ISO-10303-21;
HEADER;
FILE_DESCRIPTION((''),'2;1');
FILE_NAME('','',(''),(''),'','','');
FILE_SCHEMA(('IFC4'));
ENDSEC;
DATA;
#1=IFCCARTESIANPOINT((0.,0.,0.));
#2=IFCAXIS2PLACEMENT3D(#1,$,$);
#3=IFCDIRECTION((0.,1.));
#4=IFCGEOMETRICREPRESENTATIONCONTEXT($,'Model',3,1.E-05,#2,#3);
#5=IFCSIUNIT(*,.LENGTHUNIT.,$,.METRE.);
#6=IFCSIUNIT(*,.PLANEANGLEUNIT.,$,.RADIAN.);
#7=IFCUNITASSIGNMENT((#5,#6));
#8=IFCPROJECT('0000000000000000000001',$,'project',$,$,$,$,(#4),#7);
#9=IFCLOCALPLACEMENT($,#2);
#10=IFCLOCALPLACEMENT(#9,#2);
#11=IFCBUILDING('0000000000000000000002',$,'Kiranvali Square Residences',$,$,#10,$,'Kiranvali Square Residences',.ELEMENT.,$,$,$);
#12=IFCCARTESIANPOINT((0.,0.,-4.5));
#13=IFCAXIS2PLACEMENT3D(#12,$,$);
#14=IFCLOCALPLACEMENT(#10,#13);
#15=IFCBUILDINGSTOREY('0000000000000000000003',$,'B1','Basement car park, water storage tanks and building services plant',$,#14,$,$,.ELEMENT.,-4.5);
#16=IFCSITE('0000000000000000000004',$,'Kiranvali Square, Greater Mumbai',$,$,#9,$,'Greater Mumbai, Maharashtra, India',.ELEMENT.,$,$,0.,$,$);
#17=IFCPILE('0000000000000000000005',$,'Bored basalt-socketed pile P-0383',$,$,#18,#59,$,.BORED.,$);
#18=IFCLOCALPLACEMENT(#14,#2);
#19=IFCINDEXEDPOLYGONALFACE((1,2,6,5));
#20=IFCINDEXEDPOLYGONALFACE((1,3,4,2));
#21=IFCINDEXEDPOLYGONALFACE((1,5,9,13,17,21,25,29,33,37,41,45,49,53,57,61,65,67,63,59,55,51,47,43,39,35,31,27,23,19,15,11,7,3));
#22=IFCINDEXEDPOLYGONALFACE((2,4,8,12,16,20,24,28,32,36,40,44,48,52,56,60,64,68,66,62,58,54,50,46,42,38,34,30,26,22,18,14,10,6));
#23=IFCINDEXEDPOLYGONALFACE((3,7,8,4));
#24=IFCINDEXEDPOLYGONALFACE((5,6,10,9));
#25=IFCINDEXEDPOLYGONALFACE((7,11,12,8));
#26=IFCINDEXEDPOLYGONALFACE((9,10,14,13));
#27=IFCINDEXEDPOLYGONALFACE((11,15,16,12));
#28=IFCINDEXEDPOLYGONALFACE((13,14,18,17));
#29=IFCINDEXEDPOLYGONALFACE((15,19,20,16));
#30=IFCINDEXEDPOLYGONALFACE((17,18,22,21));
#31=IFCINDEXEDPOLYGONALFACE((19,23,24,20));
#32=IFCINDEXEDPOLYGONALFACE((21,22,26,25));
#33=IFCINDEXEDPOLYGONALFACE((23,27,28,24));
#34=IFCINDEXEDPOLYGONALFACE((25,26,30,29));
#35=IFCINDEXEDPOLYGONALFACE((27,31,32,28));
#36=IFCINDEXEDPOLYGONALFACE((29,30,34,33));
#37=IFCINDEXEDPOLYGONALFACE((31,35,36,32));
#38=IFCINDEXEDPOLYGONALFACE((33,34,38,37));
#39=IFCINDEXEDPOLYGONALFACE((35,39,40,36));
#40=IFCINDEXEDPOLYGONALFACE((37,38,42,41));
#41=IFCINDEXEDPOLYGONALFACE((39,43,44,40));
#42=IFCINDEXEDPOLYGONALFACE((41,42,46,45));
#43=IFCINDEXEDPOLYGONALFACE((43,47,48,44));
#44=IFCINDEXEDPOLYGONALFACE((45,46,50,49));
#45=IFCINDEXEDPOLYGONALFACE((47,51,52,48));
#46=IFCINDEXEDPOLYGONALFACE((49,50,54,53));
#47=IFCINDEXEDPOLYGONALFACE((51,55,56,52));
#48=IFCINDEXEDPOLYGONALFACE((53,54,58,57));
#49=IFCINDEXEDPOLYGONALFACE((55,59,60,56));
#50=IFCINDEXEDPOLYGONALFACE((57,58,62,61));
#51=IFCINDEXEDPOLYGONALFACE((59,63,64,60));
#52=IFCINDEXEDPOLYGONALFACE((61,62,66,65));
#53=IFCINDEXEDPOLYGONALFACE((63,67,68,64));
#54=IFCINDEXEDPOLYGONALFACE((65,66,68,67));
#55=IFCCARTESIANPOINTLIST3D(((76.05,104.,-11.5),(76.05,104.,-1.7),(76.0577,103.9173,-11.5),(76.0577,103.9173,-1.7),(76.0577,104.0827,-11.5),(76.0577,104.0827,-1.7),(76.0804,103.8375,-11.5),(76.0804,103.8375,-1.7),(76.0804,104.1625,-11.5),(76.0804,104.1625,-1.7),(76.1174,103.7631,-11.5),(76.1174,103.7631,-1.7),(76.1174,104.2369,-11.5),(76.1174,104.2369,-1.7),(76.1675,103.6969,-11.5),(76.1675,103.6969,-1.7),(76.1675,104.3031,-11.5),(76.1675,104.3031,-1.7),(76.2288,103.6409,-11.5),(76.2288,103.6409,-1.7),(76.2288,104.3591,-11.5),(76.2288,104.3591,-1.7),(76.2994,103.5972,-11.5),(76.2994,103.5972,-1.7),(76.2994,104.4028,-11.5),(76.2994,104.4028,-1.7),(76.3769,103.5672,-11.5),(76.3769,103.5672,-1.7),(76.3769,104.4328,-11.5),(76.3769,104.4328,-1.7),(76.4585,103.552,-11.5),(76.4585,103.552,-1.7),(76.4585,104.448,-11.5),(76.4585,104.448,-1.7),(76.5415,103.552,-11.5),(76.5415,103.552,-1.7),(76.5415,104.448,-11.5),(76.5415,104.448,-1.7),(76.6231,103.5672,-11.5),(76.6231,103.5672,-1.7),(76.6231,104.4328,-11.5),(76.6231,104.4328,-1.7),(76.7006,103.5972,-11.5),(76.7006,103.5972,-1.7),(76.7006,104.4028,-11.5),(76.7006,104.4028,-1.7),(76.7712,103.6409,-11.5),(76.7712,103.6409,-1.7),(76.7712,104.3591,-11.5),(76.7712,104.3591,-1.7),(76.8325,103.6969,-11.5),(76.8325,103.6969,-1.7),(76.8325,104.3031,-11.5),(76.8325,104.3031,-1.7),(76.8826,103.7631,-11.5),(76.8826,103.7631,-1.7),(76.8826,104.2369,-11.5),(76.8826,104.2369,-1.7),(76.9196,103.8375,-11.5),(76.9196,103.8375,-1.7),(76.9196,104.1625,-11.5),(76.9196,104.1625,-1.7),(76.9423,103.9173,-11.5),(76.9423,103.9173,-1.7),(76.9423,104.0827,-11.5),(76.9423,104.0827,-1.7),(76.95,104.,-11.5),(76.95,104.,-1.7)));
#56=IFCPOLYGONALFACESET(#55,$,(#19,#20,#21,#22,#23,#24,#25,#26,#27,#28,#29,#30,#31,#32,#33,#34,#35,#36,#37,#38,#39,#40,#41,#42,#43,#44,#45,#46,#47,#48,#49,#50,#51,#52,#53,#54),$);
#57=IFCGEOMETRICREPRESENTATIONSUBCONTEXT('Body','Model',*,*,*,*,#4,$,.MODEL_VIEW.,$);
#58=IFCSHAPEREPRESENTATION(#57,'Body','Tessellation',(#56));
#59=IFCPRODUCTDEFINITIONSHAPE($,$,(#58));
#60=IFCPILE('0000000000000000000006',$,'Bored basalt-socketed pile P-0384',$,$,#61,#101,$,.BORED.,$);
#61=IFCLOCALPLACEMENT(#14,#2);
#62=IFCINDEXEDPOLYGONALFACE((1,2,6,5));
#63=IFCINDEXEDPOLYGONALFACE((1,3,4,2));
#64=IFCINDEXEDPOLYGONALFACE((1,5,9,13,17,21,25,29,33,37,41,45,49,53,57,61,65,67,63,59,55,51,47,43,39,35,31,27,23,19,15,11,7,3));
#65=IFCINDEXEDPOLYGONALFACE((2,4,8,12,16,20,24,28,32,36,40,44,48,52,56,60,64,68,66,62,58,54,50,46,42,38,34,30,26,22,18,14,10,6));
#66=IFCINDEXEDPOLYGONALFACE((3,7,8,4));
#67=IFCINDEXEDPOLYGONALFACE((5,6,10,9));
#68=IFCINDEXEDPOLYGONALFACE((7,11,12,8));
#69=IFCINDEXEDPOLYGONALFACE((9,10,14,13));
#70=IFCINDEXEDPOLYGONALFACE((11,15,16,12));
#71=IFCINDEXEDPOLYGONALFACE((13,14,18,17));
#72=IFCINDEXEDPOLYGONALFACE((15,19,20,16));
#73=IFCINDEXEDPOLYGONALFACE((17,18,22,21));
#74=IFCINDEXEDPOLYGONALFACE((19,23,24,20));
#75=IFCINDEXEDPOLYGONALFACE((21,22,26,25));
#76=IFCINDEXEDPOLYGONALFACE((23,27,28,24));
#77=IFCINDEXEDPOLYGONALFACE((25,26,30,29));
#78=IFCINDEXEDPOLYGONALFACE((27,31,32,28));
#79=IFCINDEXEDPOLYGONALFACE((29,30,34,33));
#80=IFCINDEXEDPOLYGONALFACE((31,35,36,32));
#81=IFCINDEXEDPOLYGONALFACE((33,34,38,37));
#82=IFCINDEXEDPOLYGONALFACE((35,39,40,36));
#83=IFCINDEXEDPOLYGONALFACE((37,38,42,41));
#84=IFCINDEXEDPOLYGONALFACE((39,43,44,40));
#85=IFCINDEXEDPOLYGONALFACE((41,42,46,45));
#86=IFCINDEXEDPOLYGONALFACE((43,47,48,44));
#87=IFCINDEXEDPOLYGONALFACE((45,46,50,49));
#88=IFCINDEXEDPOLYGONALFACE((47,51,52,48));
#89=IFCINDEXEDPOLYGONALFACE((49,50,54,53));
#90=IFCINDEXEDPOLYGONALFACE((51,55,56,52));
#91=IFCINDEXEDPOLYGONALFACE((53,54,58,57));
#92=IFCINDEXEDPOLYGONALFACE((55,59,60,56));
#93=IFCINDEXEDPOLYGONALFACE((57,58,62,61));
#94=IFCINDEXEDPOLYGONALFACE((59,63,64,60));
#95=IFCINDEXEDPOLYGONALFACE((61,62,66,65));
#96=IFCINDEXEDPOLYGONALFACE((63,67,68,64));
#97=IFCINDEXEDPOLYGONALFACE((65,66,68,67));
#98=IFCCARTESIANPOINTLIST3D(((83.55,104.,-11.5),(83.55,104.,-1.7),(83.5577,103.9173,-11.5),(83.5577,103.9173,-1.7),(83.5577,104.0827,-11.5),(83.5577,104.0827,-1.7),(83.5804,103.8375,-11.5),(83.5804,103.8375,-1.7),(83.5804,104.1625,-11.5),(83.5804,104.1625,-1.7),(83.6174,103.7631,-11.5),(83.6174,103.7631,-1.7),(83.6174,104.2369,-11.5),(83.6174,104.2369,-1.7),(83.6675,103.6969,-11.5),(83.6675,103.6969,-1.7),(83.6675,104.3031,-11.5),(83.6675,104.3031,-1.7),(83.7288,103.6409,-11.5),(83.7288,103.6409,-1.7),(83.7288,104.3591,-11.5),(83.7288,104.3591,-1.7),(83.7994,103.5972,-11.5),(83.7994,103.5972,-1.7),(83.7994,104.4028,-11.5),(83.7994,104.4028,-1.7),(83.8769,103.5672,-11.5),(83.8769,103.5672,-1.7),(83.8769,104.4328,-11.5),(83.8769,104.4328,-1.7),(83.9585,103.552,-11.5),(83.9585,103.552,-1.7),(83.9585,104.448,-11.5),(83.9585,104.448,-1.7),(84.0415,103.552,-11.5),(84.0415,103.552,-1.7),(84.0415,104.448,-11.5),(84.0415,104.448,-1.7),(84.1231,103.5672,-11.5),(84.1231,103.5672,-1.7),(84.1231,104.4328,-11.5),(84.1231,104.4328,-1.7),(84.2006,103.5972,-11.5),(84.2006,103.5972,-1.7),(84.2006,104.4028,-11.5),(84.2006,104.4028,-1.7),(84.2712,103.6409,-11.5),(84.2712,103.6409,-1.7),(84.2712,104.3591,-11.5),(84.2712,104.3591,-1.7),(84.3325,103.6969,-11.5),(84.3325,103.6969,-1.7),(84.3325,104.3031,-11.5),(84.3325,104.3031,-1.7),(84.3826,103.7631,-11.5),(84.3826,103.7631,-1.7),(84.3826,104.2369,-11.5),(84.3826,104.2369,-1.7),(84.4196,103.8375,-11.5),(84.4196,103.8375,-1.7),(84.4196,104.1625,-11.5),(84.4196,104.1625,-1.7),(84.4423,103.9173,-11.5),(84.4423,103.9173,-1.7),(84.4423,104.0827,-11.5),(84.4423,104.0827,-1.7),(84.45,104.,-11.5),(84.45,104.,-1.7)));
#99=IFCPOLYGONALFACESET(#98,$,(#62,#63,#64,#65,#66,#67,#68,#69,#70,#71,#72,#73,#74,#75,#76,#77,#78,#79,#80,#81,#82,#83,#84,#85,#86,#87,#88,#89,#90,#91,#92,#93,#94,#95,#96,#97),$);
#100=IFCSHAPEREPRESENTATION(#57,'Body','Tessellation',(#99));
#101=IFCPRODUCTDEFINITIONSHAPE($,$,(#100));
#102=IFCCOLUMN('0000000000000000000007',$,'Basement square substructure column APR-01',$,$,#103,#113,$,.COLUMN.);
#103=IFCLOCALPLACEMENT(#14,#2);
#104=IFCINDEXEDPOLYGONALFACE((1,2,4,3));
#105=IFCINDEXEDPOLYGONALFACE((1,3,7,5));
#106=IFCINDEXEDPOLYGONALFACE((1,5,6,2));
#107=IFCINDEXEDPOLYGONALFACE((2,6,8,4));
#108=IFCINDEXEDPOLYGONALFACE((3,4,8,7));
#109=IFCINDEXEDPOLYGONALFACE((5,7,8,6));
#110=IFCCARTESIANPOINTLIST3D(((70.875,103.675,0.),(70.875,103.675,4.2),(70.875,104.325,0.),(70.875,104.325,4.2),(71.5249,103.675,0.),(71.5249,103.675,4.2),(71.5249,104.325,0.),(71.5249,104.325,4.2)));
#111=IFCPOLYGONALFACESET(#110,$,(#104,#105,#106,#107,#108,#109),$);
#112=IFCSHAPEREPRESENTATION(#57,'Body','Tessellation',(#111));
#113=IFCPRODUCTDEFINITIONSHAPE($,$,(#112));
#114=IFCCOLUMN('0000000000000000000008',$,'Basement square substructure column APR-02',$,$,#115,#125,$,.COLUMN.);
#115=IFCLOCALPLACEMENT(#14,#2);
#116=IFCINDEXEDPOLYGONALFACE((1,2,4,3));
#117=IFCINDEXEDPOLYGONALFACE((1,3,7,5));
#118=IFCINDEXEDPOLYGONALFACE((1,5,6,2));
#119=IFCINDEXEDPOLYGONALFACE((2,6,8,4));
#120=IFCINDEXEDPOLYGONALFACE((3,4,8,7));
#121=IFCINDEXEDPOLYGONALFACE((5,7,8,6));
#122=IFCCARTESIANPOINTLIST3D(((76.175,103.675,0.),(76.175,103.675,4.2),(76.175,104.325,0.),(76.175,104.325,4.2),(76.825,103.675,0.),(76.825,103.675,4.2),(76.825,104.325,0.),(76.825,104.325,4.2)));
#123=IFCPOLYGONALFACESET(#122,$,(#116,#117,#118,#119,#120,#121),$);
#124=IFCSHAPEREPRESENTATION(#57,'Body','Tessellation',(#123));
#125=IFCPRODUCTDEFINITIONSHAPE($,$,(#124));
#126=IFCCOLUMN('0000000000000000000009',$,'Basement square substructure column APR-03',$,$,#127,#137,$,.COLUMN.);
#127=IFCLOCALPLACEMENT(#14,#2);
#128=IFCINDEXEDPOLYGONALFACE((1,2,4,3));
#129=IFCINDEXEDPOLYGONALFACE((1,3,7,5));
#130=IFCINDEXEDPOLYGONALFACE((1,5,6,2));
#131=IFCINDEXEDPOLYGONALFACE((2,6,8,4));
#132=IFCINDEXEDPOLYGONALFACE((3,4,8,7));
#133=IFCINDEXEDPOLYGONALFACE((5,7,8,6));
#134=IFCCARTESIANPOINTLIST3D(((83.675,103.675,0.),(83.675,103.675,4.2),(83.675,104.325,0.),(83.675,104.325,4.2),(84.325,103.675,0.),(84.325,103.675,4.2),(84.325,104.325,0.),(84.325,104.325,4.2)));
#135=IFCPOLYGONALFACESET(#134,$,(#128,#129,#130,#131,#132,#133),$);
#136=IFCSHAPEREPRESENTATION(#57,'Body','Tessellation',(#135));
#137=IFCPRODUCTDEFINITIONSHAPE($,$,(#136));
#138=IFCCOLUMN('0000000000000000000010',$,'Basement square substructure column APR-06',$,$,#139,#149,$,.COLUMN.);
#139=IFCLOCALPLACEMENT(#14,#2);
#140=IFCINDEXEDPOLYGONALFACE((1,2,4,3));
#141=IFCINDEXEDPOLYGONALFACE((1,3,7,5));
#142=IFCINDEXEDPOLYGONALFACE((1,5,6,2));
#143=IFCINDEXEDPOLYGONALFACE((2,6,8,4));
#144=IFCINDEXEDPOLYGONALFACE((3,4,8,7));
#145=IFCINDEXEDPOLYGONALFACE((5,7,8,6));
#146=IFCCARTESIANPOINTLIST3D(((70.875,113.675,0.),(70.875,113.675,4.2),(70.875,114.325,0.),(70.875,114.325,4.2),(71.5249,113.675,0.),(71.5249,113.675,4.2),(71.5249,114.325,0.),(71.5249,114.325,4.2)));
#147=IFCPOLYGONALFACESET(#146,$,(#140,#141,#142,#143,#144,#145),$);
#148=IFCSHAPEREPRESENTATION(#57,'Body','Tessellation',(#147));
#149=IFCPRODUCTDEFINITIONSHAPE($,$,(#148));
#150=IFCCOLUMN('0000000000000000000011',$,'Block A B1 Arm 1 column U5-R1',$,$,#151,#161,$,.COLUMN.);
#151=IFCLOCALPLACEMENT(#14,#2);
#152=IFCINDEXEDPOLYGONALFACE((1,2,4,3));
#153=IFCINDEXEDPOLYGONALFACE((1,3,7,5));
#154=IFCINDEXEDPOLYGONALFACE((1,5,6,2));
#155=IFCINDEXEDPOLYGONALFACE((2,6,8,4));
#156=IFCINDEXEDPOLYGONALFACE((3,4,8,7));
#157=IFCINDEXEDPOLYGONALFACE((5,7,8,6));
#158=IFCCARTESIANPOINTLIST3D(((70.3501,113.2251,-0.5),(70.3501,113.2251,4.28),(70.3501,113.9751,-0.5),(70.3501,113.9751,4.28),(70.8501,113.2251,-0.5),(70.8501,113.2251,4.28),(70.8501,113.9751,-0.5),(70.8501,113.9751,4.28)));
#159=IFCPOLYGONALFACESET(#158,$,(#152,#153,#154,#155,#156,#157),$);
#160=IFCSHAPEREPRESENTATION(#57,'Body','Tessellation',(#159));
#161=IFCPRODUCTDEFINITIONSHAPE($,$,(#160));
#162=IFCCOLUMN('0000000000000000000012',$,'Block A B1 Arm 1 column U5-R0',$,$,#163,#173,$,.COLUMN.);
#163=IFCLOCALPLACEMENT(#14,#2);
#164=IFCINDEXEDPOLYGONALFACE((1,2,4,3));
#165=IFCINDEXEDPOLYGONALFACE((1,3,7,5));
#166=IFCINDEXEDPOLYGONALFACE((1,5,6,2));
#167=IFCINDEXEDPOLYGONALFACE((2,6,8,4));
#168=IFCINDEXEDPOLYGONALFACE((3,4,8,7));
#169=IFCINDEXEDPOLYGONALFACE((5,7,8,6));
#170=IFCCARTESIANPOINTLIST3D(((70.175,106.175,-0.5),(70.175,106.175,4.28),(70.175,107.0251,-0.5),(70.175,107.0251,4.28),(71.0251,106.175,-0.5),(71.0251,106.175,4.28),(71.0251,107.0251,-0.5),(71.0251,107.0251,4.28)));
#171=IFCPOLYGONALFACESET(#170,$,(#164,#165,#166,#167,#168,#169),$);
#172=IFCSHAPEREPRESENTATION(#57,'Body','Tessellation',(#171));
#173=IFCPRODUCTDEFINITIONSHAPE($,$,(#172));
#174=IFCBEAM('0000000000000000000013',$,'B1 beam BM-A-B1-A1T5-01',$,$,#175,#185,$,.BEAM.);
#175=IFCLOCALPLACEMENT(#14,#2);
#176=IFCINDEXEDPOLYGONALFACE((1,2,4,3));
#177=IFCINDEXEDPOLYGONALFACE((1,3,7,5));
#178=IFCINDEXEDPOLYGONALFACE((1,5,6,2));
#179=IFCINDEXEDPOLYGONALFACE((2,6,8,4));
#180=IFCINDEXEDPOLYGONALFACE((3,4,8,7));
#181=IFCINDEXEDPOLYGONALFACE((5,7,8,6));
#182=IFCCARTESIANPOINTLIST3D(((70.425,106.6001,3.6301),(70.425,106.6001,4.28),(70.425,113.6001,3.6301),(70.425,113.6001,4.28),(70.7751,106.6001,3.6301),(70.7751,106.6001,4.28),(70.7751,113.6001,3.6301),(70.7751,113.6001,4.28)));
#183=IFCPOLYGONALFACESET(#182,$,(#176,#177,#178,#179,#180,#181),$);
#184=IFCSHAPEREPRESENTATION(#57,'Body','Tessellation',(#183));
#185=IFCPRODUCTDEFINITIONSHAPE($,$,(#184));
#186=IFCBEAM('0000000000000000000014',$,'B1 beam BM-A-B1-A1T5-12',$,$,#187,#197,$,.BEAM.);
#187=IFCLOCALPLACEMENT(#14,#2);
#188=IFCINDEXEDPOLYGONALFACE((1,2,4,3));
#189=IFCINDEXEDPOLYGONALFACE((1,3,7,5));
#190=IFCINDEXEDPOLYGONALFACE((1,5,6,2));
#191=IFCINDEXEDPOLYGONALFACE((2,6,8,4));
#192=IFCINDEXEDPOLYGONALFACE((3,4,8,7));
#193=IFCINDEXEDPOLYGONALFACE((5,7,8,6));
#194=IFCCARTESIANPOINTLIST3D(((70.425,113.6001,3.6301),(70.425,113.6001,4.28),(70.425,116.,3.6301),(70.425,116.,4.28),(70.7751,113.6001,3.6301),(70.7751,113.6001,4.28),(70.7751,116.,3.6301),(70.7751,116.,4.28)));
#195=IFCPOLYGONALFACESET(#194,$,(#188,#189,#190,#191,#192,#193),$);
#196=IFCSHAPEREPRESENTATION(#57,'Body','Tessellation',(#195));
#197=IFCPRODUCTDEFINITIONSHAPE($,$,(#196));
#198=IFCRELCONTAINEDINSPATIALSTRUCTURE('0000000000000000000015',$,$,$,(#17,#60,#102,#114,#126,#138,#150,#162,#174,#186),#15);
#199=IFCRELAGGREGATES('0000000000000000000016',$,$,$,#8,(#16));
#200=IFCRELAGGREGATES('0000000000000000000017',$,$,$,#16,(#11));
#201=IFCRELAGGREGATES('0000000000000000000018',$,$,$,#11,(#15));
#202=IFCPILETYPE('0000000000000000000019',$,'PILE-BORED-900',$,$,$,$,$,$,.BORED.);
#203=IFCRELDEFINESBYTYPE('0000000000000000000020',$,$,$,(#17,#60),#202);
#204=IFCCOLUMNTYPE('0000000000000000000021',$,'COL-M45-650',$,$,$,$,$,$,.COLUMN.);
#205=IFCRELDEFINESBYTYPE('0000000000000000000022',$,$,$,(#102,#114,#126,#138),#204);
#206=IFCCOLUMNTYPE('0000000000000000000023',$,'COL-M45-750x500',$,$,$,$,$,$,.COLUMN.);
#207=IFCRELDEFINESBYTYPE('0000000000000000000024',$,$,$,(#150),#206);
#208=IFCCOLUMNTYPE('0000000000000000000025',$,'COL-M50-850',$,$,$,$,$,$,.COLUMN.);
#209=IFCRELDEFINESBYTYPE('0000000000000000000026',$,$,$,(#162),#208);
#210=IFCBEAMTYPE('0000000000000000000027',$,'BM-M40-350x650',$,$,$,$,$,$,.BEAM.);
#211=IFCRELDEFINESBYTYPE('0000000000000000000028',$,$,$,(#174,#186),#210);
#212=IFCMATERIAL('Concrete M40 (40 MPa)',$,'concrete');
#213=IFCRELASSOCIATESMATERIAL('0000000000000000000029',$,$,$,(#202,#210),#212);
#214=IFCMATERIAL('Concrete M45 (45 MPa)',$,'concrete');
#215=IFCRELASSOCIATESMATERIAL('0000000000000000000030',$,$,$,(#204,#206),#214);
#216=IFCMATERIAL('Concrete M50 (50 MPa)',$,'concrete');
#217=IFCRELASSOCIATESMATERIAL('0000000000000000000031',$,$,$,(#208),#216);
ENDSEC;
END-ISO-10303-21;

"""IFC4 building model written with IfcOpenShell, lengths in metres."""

from ifc_helpers import new_model, si_unit, direction, frame, origin, origin_2d, place, context, subcontext, project, spatial, rectangle, circle, extrude, material, material_profile, profile_set, type_object, element, save


model = new_model("IFC4")

# Units and contexts
model_context = context("Model", 3, precision=1e-05, world=origin(), true_north=direction((0.0, 1.0)))
body_context = subcontext(model_context, "Body", "Model", "MODEL_VIEW")
ifc_project = project(units=[si_unit("LENGTHUNIT", "METRE"), si_unit("PLANEANGLEUNIT", "RADIAN")], contexts=[model_context])

# Site, building, storey
site_placement = place(None, origin())
site = spatial("IfcSite", under=ifc_project, at=site_placement, Name="Kiranvali Square, Greater Mumbai", LongName="Greater Mumbai, Maharashtra, India", CompositionType="ELEMENT", RefElevation=0.0)
building_placement = place(site_placement, origin())
building = spatial("IfcBuilding", under=site, at=building_placement, Name="Kiranvali Square Residences", LongName="Kiranvali Square Residences", CompositionType="ELEMENT")
storey_placement = place(building_placement, frame((0.0, 0.0, -4.5)))
storey = spatial("IfcBuildingStorey", under=building, at=storey_placement, Name="B1", Description="Basement car park, water storage tanks and building services plant", CompositionType="ELEMENT", Elevation=-4.5)

# Shared definitions
ifc_material_1 = material(Name="Concrete M40 (40 MPa)", Category="concrete")

# Piles
ifc_material_profile_1 = material_profile(ifc_material_1, circle(Radius=0.45, at=origin_2d()), Name="BORED PILE 900")
ifc_profile_set_1 = profile_set([ifc_material_profile_1], Name="Concrete M40 (40 MPa)")
pile_type_1 = type_object("IfcPileType", Name="PILE-BORED-900", PredefinedType="BORED", material=ifc_profile_set_1)
for number, where, z_axis, x_axis, name in (
    (1, (76.5, 104.0, -1.7), (0.0, 0.0, -1.0), (1.0, 0.0, 0.0), "Bored basalt-socketed pile P-0383"),
    (2, (84.0, 104.0, -1.7), (0.0, 0.0, -1.0), (1.0, 0.0, 0.0), "Bored basalt-socketed pile P-0384"),
):
    element("IfcPile", number, at=place(storey_placement, frame(where, z_axis=z_axis, x_axis=x_axis)), inside=storey, type_object=pile_type_1, Name=name, PredefinedType="BORED", context=body_context, shape_type="SweptSolid", body=[
        extrude(circle(Radius=0.45, at=origin_2d()), origin(), (0.0, 0.0, 1.0), 9.8),
    ])

# Columns
ifc_material_2 = material(Name="Concrete M45 (45 MPa)", Category="concrete")
ifc_material_profile_2 = material_profile(ifc_material_2, rectangle(XDim=0.6499, YDim=0.6499, at=origin_2d()), Name="RC 650x650")
ifc_profile_set_2 = profile_set([ifc_material_profile_2], Name="Concrete M45 (45 MPa)")
column_type_1 = type_object("IfcColumnType", Name="COL-M45-650", PredefinedType="COLUMN", material=ifc_profile_set_2)
for number, where, z_axis, x_axis, name in (
    (3, (71.2, 104.0, 0.0), (0.0, 0.0, 1.0), (1.0, 0.0, 0.0), "Basement square substructure column APR-01"),
    (4, (76.5, 104.0, 0.0), (0.0, 0.0, 1.0), (1.0, 0.0, 0.0), "Basement square substructure column APR-02"),
    (5, (84.0, 104.0, 0.0), (0.0, 0.0, 1.0), (1.0, 0.0, 0.0), "Basement square substructure column APR-03"),
    (6, (71.2, 114.0, 0.0), (0.0, 0.0, 1.0), (1.0, 0.0, 0.0), "Basement square substructure column APR-06"),
):
    element("IfcColumn", number, at=place(storey_placement, frame(where, z_axis=z_axis, x_axis=x_axis)), inside=storey, type_object=column_type_1, Name=name, PredefinedType="COLUMN", context=body_context, shape_type="SweptSolid", body=[
        extrude(rectangle(XDim=0.6499, YDim=0.6499, at=origin_2d()), origin(), (0.0, 0.0, 1.0), 4.2),
    ])
ifc_material_profile_3 = material_profile(ifc_material_2, rectangle(XDim=0.5, YDim=0.75, at=origin_2d()), Name="RC 750x500")
ifc_profile_set_3 = profile_set([ifc_material_profile_3], Name="Concrete M45 (45 MPa)")
column_type_2 = type_object("IfcColumnType", Name="COL-M45-750x500", PredefinedType="COLUMN", material=ifc_profile_set_3)
column_1_placement = place(storey_placement, frame((70.6001, 113.6001, -0.5), z_axis=(0.0, 0.0, 1.0), x_axis=(1.0, 0.0, 0.0)))
element("IfcColumn", 7, at=column_1_placement, inside=storey, type_object=column_type_2, Name="Block A B1 Arm 1 column U5-R1", PredefinedType="COLUMN", context=body_context, shape_type="SweptSolid", body=[
    extrude(rectangle(XDim=0.5, YDim=0.75, at=origin_2d()), origin(), (0.0, 0.0, 1.0), 4.78),
])
ifc_material_3 = material(Name="Concrete M50 (50 MPa)", Category="concrete")
ifc_material_profile_4 = material_profile(ifc_material_3, rectangle(XDim=0.8501, YDim=0.8501, at=origin_2d()), Name="RC 850x850")
ifc_profile_set_4 = profile_set([ifc_material_profile_4], Name="Concrete M50 (50 MPa)")
column_type_3 = type_object("IfcColumnType", Name="COL-M50-850", PredefinedType="COLUMN", material=ifc_profile_set_4)
column_2_placement = place(storey_placement, frame((70.6001, 106.6001, -0.5), z_axis=(0.0, 0.0, 1.0), x_axis=(1.0, 0.0, 0.0)))
element("IfcColumn", 8, at=column_2_placement, inside=storey, type_object=column_type_3, Name="Block A B1 Arm 1 column U5-R0", PredefinedType="COLUMN", context=body_context, shape_type="SweptSolid", body=[
    extrude(rectangle(XDim=0.8501, YDim=0.8501, at=origin_2d()), origin(), (0.0, 0.0, 1.0), 4.78),
])

# Beams
ifc_material_profile_5 = material_profile(ifc_material_1, rectangle(XDim=0.3501, YDim=0.6499, at=origin_2d()), Name="RC 350x650")
ifc_profile_set_5 = profile_set([ifc_material_profile_5], Name="Concrete M40 (40 MPa)")
beam_type_1 = type_object("IfcBeamType", Name="BM-M40-350x650", PredefinedType="BEAM", material=ifc_profile_set_5)
beam_1_placement = place(storey_placement, frame((70.6001, 106.6001, 3.9551), z_axis=(0.0, 1.0, 0.0), x_axis=(-1.0, 0.0, 0.0)))
element("IfcBeam", 9, at=beam_1_placement, inside=storey, type_object=beam_type_1, Name="B1 beam BM-A-B1-A1T5-01", PredefinedType="BEAM", context=body_context, shape_type="SweptSolid", body=[
    extrude(rectangle(XDim=0.3501, YDim=0.6499, at=origin_2d()), origin(), (0.0, 0.0, 1.0), 7.0),
])
beam_2_placement = place(storey_placement, frame((70.6001, 113.6001, 3.9551), z_axis=(0.0, 1.0, 0.0), x_axis=(-1.0, 0.0, 0.0)))
element("IfcBeam", 10, at=beam_2_placement, inside=storey, type_object=beam_type_1, Name="B1 beam BM-A-B1-A1T5-12", PredefinedType="BEAM", context=body_context, shape_type="SweptSolid", body=[
    extrude(rectangle(XDim=0.3501, YDim=0.6499, at=origin_2d()), origin(), (0.0, 0.0, 1.0), 2.3999),
])

save(model, "model.ifc")
